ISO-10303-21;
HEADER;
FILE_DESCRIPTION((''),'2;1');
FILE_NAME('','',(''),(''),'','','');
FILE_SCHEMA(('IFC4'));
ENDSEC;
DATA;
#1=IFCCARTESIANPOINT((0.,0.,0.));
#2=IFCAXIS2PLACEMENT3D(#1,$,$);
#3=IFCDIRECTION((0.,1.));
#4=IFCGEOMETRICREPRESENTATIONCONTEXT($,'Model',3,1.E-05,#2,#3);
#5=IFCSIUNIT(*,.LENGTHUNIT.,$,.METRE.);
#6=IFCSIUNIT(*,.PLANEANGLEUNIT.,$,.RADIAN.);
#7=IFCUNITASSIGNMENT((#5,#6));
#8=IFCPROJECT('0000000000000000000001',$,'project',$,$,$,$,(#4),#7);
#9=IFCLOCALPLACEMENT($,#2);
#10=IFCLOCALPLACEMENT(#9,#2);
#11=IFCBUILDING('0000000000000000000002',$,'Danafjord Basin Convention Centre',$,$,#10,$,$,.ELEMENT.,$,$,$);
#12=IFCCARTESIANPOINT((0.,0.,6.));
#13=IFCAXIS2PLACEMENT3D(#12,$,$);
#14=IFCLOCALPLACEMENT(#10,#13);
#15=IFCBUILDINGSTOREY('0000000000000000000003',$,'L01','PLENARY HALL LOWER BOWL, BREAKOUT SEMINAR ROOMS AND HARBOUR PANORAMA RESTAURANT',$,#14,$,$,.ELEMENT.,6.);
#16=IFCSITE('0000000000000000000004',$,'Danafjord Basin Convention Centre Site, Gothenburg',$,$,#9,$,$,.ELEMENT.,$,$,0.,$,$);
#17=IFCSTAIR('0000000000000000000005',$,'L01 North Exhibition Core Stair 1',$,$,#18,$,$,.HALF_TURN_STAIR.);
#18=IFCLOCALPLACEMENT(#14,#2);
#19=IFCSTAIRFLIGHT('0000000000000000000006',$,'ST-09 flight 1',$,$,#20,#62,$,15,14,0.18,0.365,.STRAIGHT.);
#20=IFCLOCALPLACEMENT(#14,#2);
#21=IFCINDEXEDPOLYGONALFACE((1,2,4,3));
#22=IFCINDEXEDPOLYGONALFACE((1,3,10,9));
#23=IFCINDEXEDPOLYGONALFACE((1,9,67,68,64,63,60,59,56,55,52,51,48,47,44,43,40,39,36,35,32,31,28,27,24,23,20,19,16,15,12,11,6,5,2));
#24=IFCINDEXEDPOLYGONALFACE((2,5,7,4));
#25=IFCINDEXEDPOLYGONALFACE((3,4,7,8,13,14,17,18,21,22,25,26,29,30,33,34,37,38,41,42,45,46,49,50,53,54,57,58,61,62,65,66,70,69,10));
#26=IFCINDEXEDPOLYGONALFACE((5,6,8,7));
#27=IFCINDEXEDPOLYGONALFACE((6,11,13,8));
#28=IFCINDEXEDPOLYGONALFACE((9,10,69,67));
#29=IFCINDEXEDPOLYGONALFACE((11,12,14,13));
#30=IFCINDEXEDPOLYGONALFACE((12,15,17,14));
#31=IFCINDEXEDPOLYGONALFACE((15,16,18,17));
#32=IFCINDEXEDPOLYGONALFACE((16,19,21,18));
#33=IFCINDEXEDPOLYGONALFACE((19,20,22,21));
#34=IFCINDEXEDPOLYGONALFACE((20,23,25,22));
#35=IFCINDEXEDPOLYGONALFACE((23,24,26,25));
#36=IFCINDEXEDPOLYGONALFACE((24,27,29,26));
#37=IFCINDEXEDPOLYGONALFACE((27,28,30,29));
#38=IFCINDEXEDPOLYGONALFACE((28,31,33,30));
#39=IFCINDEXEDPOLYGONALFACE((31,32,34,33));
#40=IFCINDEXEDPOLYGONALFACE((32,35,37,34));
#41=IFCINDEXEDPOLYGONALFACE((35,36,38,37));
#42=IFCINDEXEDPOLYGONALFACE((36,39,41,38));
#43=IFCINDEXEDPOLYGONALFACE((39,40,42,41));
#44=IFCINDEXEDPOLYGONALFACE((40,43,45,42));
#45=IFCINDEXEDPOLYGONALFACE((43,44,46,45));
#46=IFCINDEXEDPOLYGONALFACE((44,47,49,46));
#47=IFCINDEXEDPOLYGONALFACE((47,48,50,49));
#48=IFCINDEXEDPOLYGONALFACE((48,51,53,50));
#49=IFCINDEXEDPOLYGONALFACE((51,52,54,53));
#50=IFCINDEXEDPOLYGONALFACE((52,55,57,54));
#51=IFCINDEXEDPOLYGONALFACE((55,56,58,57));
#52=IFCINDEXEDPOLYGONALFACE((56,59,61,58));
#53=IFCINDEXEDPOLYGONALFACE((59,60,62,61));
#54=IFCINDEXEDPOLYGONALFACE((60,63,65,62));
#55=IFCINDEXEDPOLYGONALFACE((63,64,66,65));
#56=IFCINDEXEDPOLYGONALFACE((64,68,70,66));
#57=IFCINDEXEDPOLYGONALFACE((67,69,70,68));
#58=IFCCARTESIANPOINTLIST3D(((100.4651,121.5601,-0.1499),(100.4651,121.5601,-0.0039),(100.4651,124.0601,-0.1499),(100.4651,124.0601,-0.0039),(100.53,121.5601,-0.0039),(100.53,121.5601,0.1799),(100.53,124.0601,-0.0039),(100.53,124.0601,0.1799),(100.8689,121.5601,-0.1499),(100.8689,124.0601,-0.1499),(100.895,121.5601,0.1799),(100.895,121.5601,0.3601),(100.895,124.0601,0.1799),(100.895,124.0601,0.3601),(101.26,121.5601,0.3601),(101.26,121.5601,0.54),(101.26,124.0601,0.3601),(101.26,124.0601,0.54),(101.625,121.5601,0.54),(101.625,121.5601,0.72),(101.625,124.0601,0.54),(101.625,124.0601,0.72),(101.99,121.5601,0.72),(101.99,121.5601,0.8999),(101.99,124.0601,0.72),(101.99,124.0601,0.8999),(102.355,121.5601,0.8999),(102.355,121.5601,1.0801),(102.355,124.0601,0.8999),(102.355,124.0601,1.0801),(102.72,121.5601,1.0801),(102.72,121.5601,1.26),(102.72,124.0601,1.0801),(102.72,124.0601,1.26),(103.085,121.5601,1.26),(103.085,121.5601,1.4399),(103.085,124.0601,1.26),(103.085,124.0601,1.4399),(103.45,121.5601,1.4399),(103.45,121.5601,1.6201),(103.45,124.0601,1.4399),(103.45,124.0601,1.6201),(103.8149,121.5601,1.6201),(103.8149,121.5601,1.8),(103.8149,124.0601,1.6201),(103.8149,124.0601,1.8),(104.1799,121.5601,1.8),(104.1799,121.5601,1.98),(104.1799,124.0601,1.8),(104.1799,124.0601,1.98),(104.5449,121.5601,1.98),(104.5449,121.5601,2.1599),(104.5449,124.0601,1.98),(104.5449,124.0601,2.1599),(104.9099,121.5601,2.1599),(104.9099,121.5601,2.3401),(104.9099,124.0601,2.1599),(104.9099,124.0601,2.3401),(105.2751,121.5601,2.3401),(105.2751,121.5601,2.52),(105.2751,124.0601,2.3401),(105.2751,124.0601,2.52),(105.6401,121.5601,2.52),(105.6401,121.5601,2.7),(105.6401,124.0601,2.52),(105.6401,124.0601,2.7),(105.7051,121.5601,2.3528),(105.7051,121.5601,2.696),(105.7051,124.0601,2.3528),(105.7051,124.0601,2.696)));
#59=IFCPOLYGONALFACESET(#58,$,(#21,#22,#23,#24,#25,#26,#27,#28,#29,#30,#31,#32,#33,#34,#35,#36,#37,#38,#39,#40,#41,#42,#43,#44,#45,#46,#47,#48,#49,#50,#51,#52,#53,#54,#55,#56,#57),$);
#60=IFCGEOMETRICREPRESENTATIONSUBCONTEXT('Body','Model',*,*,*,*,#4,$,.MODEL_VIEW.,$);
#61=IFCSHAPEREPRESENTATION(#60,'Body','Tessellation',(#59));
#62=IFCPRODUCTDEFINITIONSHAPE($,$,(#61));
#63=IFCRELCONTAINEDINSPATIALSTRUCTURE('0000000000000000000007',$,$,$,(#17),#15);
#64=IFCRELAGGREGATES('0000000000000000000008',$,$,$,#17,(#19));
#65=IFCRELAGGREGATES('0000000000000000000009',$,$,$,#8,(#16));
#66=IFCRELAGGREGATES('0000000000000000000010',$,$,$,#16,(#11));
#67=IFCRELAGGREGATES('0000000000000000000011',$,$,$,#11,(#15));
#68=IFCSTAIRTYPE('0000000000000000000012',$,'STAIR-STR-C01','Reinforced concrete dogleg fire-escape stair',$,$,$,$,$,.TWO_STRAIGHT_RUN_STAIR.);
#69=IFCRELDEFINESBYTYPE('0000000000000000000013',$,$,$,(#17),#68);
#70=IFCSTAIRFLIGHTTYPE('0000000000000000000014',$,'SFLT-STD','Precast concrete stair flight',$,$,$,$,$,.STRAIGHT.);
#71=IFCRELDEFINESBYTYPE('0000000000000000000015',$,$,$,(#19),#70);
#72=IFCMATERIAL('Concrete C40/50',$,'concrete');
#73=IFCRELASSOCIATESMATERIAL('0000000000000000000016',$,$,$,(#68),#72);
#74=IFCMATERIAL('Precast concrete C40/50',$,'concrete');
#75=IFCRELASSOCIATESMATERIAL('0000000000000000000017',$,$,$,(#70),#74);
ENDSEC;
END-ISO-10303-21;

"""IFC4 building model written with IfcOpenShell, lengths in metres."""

from ifc_helpers import new_model, si_unit, direction, frame, origin, place, context, subcontext, project, spatial, polyline, outline, extrude, material, type_object, element, aggregate, save


model = new_model("IFC4")

# Units and contexts
model_context = context("Model", 3, precision=1e-05, world=origin(), true_north=direction((0.0, 1.0)))
body_context = subcontext(model_context, "Body", "Model", "MODEL_VIEW")
ifc_project = project(units=[si_unit("LENGTHUNIT", "METRE"), si_unit("PLANEANGLEUNIT", "RADIAN")], contexts=[model_context])

# Site, building, storey
site_placement = place(None, origin())
site = spatial("IfcSite", under=ifc_project, at=site_placement, Name="Danafjord Basin Convention Centre Site, Gothenburg", CompositionType="ELEMENT", RefElevation=0.0)
building_placement = place(site_placement, origin())
building = spatial("IfcBuilding", under=site, at=building_placement, Name="Danafjord Basin Convention Centre", CompositionType="ELEMENT")
storey_placement = place(building_placement, frame((0.0, 0.0, 6.0)))
storey = spatial("IfcBuildingStorey", under=building, at=storey_placement, Name="L01", Description="PLENARY HALL LOWER BOWL, BREAKOUT SEMINAR ROOMS AND HARBOUR PANORAMA RESTAURANT", CompositionType="ELEMENT", Elevation=6.0)

# Shared definitions
ifc_material_1 = material(Name="Concrete C40/50", Category="concrete")

# Stair, stair flight
stair_type = type_object("IfcStairType", Name="STAIR-STR-C01", Description="Reinforced concrete dogleg fire-escape stair", PredefinedType="TWO_STRAIGHT_RUN_STAIR", material=ifc_material_1)
stair_placement = place(storey_placement, origin())
stair = element("IfcStair", 1, at=stair_placement, inside=storey, type_object=stair_type, Name="L01 North Exhibition Core Stair 1", PredefinedType="HALF_TURN_STAIR")
ifc_material_2 = material(Name="Precast concrete C40/50", Category="concrete")
stair_flight_type = type_object("IfcStairFlightType", Name="SFLT-STD", Description="Precast concrete stair flight", PredefinedType="STRAIGHT", material=ifc_material_2)
stair_flight_placement = place(storey_placement, frame((100.53, 122.8101, 0.0), z_axis=(0.0, 0.0, 1.0), x_axis=(1.0, 0.0, 0.0)))
stair_flight = element("IfcStairFlight", 2, at=stair_flight_placement, type_object=stair_flight_type, Name="ST-09 flight 1", NumberOfRisers=15, NumberOfTreads=14, PredefinedType="STRAIGHT", RiserHeight=0.18, TreadLength=0.365, context=body_context, shape_type="SweptSolid", body=[
    extrude(outline(polyline([(-0.0649, -0.1499), (-0.0649, -0.0039), (0.0, -0.0039), (0.0, 0.1799), (0.365, 0.1799), (0.365, 0.3601), (0.73, 0.3601), (0.73, 0.54), (1.095, 0.54), (1.095, 0.72), (1.46, 0.72), (1.46, 0.8999), (1.825, 0.8999), (1.825, 1.0801), (2.1899, 1.0801), (2.1899, 1.26), (2.5549, 1.26), (2.5549, 1.4399), (2.9199, 1.4399), (2.9199, 1.6201), (3.2849, 1.6201), (3.2849, 1.8), (3.6499, 1.8), (3.6499, 1.98), (4.0149, 1.98), (4.0149, 2.1599), (4.3799, 2.1599), (4.3799, 2.3401), (4.7451, 2.3401), (4.7451, 2.52), (5.1101, 2.52), (5.1101, 2.7), (5.175, 2.696), (5.175, 2.3528), (0.3389, -0.1499), (-0.0649, -0.1499)])), frame((0.0, 1.25, 0.0), z_axis=(0.0, -1.0, 0.0), x_axis=(1.0, 0.0, 0.0)), (0.0, 0.0, 1.0), 2.5),
])
aggregate(stair, [stair_flight])

save(model, "model.ifc")
